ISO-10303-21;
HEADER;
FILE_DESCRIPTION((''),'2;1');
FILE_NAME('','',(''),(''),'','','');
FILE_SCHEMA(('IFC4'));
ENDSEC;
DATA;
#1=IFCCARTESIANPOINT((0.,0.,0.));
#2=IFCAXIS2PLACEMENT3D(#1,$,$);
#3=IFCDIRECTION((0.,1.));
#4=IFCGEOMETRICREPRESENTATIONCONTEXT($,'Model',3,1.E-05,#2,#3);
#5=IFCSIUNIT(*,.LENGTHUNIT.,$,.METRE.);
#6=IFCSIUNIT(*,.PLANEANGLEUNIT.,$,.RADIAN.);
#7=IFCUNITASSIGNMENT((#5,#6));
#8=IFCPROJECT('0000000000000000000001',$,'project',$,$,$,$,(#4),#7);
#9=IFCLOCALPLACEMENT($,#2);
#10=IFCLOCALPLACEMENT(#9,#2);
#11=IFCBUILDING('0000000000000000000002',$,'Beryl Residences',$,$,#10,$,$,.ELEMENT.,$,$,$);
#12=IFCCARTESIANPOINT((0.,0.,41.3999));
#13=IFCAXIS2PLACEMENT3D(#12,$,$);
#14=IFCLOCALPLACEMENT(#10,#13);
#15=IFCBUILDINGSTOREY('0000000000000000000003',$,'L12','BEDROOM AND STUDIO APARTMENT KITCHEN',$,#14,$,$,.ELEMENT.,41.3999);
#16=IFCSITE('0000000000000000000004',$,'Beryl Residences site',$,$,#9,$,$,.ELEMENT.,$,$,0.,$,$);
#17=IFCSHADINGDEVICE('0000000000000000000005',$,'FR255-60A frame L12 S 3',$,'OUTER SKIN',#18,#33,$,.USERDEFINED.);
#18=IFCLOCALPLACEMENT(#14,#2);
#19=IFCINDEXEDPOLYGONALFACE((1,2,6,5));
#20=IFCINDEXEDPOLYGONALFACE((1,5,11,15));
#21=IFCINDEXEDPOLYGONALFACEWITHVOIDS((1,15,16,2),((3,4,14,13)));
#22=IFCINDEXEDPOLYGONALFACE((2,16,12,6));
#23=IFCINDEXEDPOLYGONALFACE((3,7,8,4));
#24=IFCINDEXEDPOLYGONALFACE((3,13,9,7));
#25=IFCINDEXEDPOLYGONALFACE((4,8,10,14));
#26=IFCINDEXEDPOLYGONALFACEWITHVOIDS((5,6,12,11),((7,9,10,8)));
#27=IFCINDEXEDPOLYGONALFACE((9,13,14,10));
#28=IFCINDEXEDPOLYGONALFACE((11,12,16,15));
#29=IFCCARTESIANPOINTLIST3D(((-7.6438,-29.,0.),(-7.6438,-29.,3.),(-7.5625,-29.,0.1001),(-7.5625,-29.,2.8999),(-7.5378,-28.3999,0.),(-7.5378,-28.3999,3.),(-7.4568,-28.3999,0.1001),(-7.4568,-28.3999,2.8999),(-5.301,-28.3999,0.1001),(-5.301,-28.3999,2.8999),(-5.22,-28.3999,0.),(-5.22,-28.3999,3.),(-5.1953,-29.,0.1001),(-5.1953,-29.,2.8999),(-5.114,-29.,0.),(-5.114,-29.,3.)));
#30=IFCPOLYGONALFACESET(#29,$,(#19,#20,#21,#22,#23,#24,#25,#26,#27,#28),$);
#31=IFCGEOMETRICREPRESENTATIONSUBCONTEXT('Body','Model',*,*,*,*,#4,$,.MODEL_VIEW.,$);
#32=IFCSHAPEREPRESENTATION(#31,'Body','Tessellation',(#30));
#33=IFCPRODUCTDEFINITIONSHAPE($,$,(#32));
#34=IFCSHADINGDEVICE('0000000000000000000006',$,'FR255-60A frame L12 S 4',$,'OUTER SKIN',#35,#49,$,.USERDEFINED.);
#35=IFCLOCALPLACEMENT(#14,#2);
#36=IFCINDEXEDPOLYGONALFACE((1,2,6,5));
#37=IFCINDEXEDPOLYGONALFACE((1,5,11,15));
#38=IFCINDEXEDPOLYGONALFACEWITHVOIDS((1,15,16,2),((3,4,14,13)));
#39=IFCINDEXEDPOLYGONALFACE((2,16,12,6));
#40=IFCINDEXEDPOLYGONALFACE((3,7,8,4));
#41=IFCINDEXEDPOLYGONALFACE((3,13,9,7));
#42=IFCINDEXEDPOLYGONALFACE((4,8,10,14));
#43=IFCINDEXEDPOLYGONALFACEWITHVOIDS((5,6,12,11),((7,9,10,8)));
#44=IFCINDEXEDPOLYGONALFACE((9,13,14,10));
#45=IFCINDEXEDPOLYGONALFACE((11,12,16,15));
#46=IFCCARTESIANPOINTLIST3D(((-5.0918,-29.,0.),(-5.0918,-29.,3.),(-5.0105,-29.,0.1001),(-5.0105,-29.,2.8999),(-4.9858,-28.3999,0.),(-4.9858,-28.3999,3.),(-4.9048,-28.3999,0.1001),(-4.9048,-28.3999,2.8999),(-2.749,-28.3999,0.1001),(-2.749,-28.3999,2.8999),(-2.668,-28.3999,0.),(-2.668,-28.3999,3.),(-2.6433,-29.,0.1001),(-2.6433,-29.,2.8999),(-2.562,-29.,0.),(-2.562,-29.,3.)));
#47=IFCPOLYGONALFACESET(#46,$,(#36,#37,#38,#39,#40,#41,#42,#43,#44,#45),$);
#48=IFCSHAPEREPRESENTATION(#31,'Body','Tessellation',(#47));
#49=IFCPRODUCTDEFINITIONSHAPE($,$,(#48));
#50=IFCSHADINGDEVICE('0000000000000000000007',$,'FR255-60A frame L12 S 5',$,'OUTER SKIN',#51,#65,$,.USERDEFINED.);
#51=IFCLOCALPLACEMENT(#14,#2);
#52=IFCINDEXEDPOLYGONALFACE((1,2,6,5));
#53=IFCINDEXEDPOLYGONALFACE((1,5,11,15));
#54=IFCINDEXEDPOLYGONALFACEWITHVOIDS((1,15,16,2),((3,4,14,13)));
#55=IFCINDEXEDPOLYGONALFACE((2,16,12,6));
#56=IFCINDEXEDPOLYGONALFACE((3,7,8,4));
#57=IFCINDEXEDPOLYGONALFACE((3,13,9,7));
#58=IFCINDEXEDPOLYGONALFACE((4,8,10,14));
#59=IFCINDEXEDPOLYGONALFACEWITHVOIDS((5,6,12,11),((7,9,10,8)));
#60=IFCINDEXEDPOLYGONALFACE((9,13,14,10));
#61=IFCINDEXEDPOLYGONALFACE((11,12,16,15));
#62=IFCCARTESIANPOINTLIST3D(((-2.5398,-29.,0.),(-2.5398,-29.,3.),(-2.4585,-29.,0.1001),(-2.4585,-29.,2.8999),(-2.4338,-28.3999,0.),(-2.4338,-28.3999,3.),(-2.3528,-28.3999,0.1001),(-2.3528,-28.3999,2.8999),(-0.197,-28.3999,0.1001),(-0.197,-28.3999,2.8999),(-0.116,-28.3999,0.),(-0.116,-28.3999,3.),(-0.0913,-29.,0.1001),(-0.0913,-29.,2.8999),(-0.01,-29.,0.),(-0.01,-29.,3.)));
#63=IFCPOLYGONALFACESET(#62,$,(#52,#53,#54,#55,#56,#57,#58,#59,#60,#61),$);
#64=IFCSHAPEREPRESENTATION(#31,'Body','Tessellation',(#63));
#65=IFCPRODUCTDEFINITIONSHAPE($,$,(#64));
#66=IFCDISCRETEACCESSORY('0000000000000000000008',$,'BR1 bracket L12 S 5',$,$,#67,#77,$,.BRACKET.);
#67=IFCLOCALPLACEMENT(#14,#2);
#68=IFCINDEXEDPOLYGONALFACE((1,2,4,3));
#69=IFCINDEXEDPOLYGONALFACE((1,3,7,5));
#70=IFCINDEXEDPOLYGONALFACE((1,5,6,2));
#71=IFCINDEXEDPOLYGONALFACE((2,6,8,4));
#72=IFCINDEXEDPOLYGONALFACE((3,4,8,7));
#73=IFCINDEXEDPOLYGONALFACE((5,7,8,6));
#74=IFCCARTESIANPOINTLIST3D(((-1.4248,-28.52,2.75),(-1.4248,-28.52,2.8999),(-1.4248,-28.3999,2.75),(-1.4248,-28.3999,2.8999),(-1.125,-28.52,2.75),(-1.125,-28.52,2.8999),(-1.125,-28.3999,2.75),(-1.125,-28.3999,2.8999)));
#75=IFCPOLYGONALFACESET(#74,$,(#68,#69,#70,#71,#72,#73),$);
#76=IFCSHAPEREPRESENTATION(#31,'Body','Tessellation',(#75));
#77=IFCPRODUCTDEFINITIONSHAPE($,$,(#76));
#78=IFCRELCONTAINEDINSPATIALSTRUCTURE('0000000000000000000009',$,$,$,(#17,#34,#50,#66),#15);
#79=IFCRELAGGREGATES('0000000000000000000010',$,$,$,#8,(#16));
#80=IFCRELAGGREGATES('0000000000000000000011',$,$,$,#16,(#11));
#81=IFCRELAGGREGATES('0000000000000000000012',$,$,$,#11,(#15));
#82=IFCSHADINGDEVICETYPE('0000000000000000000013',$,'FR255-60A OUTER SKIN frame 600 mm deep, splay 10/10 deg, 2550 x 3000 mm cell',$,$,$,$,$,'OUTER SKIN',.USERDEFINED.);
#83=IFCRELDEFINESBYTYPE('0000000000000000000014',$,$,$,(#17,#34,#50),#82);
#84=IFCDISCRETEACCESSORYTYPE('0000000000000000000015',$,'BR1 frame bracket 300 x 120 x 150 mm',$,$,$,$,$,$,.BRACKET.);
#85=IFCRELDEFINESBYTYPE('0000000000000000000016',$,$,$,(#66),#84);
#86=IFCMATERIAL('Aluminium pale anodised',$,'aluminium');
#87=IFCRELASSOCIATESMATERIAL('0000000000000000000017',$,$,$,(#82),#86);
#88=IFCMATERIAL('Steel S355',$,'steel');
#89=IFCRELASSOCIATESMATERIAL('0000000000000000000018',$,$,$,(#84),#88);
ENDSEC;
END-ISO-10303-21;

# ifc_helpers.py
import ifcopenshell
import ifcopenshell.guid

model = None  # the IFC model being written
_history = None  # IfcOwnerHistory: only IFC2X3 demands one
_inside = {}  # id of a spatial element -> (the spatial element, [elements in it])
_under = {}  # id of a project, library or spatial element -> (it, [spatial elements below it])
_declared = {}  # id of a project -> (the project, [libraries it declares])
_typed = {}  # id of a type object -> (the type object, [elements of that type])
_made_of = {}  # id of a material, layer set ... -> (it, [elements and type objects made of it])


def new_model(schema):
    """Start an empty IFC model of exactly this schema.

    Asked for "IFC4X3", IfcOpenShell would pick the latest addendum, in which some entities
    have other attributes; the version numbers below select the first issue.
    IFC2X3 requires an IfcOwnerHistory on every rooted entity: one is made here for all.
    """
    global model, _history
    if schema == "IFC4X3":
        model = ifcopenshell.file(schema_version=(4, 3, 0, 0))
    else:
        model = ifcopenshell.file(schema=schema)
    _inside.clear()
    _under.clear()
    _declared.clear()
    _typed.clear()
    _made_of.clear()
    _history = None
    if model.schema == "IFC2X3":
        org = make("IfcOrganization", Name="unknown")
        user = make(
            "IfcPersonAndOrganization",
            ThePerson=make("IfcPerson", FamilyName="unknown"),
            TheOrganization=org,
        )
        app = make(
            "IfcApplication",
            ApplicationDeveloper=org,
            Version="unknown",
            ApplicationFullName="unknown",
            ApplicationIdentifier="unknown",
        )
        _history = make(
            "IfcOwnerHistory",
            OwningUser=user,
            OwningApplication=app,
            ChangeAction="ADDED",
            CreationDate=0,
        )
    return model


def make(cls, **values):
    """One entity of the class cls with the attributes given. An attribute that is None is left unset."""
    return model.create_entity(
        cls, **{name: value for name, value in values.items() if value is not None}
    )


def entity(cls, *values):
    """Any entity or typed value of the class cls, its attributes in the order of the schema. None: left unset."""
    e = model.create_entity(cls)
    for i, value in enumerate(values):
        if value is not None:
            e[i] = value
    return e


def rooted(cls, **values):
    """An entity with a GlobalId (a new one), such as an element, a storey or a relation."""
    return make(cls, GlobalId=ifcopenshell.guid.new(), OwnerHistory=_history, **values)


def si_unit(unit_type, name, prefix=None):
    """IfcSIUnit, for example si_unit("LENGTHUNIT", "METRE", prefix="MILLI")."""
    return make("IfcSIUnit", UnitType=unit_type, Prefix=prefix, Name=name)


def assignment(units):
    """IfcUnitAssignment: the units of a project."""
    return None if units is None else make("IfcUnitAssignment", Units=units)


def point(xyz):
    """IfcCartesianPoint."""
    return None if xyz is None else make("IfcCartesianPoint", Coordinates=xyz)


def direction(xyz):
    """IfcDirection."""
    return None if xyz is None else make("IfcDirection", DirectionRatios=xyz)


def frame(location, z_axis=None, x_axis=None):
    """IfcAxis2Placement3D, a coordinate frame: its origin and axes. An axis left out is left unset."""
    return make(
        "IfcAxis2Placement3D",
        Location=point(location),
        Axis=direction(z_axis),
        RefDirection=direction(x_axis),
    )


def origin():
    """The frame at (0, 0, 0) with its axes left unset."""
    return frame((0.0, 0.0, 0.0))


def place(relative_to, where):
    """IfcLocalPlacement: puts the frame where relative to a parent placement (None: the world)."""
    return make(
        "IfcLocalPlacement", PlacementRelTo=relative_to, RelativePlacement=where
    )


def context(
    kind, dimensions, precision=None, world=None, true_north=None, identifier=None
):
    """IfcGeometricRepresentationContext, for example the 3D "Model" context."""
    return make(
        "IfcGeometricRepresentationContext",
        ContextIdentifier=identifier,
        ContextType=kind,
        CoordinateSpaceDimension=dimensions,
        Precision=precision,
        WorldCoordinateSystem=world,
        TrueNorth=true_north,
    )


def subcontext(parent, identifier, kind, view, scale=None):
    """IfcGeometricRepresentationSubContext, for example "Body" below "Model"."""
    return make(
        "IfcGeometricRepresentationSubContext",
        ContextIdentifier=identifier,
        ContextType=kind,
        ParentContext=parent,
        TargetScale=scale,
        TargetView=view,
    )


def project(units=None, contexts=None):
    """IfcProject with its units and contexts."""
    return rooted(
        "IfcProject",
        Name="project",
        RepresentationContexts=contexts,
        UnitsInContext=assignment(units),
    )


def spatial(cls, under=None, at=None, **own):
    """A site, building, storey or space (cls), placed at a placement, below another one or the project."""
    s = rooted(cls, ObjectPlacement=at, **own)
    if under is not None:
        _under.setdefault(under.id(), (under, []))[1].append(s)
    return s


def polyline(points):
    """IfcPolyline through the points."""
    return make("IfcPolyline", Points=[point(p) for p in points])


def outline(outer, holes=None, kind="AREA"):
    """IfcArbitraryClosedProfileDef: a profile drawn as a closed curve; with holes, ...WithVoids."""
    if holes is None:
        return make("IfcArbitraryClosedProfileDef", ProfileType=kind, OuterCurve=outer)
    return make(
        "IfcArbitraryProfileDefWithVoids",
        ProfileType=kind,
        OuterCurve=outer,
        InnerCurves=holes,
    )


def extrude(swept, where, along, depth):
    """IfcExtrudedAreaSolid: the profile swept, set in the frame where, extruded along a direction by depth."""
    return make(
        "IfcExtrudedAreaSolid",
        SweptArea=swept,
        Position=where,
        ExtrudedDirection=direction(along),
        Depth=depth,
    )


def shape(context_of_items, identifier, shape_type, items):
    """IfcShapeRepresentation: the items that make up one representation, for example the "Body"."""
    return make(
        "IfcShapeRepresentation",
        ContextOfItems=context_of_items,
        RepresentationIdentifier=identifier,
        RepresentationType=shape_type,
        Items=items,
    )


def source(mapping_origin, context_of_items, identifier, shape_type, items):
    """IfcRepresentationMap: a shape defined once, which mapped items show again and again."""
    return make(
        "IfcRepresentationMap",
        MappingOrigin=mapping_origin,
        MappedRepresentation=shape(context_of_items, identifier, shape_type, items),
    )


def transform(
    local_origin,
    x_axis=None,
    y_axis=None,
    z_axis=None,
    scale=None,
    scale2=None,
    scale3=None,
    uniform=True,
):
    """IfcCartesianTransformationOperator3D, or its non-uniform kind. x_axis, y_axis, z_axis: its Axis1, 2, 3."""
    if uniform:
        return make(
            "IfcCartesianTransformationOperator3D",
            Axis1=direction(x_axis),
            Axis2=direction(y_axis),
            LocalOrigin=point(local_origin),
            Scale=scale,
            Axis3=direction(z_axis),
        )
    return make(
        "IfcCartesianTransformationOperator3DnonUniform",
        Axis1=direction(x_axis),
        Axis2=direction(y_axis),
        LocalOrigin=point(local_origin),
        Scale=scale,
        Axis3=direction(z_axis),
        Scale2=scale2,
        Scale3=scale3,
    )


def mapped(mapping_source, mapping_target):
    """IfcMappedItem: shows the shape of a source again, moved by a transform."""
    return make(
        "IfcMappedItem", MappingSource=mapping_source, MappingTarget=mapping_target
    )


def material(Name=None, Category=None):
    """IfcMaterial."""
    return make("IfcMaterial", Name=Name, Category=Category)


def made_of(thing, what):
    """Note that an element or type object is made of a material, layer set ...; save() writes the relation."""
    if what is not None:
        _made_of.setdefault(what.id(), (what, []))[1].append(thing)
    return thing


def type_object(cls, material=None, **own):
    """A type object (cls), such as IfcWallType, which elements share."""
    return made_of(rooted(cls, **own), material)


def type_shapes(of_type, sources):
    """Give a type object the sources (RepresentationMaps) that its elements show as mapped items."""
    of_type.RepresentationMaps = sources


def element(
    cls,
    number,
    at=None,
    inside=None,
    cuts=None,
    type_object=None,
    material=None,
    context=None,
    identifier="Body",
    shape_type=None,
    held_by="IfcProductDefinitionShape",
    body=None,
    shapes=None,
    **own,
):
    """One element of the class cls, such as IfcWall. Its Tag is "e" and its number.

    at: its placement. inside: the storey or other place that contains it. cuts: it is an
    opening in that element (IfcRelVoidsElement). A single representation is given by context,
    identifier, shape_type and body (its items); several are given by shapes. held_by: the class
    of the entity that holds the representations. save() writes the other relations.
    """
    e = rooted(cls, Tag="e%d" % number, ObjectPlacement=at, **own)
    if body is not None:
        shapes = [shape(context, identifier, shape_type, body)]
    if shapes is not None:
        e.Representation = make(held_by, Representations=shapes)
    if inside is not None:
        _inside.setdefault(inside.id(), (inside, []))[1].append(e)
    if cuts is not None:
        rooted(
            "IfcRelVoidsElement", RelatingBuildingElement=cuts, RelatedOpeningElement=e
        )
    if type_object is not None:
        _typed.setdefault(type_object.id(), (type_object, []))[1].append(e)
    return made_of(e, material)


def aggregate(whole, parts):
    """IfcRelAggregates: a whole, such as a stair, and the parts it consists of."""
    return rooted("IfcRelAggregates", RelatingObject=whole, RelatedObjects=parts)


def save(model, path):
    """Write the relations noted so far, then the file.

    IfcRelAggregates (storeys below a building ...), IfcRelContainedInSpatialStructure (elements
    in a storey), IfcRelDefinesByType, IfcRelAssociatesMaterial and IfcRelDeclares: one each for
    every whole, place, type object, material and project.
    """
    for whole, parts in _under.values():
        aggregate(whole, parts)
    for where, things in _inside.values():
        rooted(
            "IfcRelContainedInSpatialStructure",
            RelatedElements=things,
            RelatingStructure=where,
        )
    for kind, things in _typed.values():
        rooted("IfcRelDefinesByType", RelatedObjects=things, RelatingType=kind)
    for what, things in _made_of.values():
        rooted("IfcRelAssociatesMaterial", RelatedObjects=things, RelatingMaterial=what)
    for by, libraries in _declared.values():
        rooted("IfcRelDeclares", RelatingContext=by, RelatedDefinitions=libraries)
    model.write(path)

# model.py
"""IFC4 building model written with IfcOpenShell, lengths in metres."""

from ifc_helpers import new_model, entity, si_unit, direction, frame, origin, place, context, subcontext, project, spatial, polyline, outline, extrude, source, transform, mapped, material, type_object, type_shapes, element, save


model = new_model("IFC4")

# Units and contexts
model_context = context("Model", 3, precision=1e-05, world=origin(), true_north=direction((0.0, 1.0)))
body_context = subcontext(model_context, "Body", "Model", "MODEL_VIEW")
ifc_project = project(units=[si_unit("LENGTHUNIT", "METRE"), si_unit("PLANEANGLEUNIT", "RADIAN")], contexts=[model_context])

# Site, building, storey
site_placement = place(None, origin())
site = spatial("IfcSite", under=ifc_project, at=site_placement, Name="Beryl Residences site", CompositionType="ELEMENT", RefElevation=0.0)
building_placement = place(site_placement, origin())
building = spatial("IfcBuilding", under=site, at=building_placement, Name="Beryl Residences", CompositionType="ELEMENT")
storey_placement = place(building_placement, frame((0.0, 0.0, 41.3999)))
storey = spatial("IfcBuildingStorey", under=building, at=storey_placement, Name="L12", Description="BEDROOM AND STUDIO APARTMENT KITCHEN", CompositionType="ELEMENT", Elevation=41.3999)

# Shading devices
ifc_material_1 = material(Name="Aluminium pale anodised", Category="aluminium")
shading_device_type = type_object("IfcShadingDeviceType", Name="FR255-60A OUTER SKIN frame 600 mm deep, splay 10/10 deg, 2550 x 3000 mm cell", ElementType="OUTER SKIN", PredefinedType="USERDEFINED", material=ifc_material_1)
cartesian_point_1 = entity("IfcCartesianPoint", [-1.1589, 0.0])
cartesian_point_2 = entity("IfcCartesianPoint", [-1.0779, 0.1001])
cartesian_point_3 = entity("IfcCartesianPoint", [-1.2649, 0.0])
cartesian_point_4 = entity("IfcCartesianPoint", [-1.1836, 0.1001])
shared_shape_1 = source(origin(), body_context, "Body", "SweptSolid", [
    entity("IfcExtrudedAreaSolidTapered", entity("IfcArbitraryProfileDefWithVoids", "AREA", None, entity("IfcPolyline", [cartesian_point_1, entity("IfcCartesianPoint", [1.1589, 0.0]), entity("IfcCartesianPoint", [1.1589, 3.0]), entity("IfcCartesianPoint", [-1.1589, 3.0]), cartesian_point_1]), [entity("IfcPolyline", [cartesian_point_2, entity("IfcCartesianPoint", [1.0779, 0.1001]), entity("IfcCartesianPoint", [1.0779, 2.8999]), entity("IfcCartesianPoint", [-1.0779, 2.8999]), cartesian_point_2])]), entity("IfcAxis2Placement3D", entity("IfcCartesianPoint", [0.0, 0.0, 0.0]), entity("IfcDirection", [0.0, 1.0, 0.0]), entity("IfcDirection", [-1.0, 0.0, 0.0])), entity("IfcDirection", [0.0, 0.0, 1.0]), 0.6001, entity("IfcArbitraryProfileDefWithVoids", "AREA", None, entity("IfcPolyline", [cartesian_point_3, entity("IfcCartesianPoint", [1.2649, 0.0]), entity("IfcCartesianPoint", [1.2649, 3.0]), entity("IfcCartesianPoint", [-1.2649, 3.0]), cartesian_point_3]), [entity("IfcPolyline", [cartesian_point_4, entity("IfcCartesianPoint", [1.1836, 0.1001]), entity("IfcCartesianPoint", [1.1836, 2.8999]), entity("IfcCartesianPoint", [-1.1836, 2.8999]), cartesian_point_4])])),
])
type_shapes(shading_device_type, [shared_shape_1])
for number, where, z_axis, x_axis, name in (
    (1, (-6.3789, -28.3999, 0.0), (0.0, 0.0, 1.0), (-1.0, 0.0, 0.0), "FR255-60A frame L12 S 3"),
    (2, (-3.8269, -28.3999, 0.0), (0.0, 0.0, 1.0), (-1.0, 0.0, 0.0), "FR255-60A frame L12 S 4"),
    (3, (-1.2749, -28.3999, 0.0), (0.0, 0.0, 1.0), (-1.0, 0.0, 0.0), "FR255-60A frame L12 S 5"),
):
    element("IfcShadingDevice", number, at=place(storey_placement, frame(where, z_axis=z_axis, x_axis=x_axis)), inside=storey, type_object=shading_device_type, Name=name, ObjectType="OUTER SKIN", PredefinedType="USERDEFINED", context=body_context, shape_type="MappedRepresentation", body=[
        mapped(shared_shape_1, transform((0.0, 0.0, 0.0))),
    ])

# Discrete accessory
ifc_material_2 = material(Name="Steel S355", Category="steel")
discrete_accessory_type = type_object("IfcDiscreteAccessoryType", Name="BR1 frame bracket 300 x 120 x 150 mm", PredefinedType="BRACKET", material=ifc_material_2)
shared_shape_2 = source(origin(), body_context, "Body", "SweptSolid", [
    extrude(outline(polyline([(-0.1499, 0.0), (0.1499, 0.0), (0.1499, 0.1201), (-0.1499, 0.1201), (-0.1499, 0.0)])), origin(), (0.0, 0.0, 1.0), 0.1499),
])
type_shapes(discrete_accessory_type, [shared_shape_2])
discrete_accessory_placement = place(storey_placement, frame((-1.2749, -28.3999, 2.75), z_axis=(0.0, 0.0, 1.0), x_axis=(-1.0, 0.0, 0.0)))
element("IfcDiscreteAccessory", 4, at=discrete_accessory_placement, inside=storey, type_object=discrete_accessory_type, Name="BR1 bracket L12 S 5", PredefinedType="BRACKET", context=body_context, shape_type="MappedRepresentation", body=[
    mapped(shared_shape_2, transform((0.0, 0.0, 0.0))),
])

save(model, "model.ifc")
